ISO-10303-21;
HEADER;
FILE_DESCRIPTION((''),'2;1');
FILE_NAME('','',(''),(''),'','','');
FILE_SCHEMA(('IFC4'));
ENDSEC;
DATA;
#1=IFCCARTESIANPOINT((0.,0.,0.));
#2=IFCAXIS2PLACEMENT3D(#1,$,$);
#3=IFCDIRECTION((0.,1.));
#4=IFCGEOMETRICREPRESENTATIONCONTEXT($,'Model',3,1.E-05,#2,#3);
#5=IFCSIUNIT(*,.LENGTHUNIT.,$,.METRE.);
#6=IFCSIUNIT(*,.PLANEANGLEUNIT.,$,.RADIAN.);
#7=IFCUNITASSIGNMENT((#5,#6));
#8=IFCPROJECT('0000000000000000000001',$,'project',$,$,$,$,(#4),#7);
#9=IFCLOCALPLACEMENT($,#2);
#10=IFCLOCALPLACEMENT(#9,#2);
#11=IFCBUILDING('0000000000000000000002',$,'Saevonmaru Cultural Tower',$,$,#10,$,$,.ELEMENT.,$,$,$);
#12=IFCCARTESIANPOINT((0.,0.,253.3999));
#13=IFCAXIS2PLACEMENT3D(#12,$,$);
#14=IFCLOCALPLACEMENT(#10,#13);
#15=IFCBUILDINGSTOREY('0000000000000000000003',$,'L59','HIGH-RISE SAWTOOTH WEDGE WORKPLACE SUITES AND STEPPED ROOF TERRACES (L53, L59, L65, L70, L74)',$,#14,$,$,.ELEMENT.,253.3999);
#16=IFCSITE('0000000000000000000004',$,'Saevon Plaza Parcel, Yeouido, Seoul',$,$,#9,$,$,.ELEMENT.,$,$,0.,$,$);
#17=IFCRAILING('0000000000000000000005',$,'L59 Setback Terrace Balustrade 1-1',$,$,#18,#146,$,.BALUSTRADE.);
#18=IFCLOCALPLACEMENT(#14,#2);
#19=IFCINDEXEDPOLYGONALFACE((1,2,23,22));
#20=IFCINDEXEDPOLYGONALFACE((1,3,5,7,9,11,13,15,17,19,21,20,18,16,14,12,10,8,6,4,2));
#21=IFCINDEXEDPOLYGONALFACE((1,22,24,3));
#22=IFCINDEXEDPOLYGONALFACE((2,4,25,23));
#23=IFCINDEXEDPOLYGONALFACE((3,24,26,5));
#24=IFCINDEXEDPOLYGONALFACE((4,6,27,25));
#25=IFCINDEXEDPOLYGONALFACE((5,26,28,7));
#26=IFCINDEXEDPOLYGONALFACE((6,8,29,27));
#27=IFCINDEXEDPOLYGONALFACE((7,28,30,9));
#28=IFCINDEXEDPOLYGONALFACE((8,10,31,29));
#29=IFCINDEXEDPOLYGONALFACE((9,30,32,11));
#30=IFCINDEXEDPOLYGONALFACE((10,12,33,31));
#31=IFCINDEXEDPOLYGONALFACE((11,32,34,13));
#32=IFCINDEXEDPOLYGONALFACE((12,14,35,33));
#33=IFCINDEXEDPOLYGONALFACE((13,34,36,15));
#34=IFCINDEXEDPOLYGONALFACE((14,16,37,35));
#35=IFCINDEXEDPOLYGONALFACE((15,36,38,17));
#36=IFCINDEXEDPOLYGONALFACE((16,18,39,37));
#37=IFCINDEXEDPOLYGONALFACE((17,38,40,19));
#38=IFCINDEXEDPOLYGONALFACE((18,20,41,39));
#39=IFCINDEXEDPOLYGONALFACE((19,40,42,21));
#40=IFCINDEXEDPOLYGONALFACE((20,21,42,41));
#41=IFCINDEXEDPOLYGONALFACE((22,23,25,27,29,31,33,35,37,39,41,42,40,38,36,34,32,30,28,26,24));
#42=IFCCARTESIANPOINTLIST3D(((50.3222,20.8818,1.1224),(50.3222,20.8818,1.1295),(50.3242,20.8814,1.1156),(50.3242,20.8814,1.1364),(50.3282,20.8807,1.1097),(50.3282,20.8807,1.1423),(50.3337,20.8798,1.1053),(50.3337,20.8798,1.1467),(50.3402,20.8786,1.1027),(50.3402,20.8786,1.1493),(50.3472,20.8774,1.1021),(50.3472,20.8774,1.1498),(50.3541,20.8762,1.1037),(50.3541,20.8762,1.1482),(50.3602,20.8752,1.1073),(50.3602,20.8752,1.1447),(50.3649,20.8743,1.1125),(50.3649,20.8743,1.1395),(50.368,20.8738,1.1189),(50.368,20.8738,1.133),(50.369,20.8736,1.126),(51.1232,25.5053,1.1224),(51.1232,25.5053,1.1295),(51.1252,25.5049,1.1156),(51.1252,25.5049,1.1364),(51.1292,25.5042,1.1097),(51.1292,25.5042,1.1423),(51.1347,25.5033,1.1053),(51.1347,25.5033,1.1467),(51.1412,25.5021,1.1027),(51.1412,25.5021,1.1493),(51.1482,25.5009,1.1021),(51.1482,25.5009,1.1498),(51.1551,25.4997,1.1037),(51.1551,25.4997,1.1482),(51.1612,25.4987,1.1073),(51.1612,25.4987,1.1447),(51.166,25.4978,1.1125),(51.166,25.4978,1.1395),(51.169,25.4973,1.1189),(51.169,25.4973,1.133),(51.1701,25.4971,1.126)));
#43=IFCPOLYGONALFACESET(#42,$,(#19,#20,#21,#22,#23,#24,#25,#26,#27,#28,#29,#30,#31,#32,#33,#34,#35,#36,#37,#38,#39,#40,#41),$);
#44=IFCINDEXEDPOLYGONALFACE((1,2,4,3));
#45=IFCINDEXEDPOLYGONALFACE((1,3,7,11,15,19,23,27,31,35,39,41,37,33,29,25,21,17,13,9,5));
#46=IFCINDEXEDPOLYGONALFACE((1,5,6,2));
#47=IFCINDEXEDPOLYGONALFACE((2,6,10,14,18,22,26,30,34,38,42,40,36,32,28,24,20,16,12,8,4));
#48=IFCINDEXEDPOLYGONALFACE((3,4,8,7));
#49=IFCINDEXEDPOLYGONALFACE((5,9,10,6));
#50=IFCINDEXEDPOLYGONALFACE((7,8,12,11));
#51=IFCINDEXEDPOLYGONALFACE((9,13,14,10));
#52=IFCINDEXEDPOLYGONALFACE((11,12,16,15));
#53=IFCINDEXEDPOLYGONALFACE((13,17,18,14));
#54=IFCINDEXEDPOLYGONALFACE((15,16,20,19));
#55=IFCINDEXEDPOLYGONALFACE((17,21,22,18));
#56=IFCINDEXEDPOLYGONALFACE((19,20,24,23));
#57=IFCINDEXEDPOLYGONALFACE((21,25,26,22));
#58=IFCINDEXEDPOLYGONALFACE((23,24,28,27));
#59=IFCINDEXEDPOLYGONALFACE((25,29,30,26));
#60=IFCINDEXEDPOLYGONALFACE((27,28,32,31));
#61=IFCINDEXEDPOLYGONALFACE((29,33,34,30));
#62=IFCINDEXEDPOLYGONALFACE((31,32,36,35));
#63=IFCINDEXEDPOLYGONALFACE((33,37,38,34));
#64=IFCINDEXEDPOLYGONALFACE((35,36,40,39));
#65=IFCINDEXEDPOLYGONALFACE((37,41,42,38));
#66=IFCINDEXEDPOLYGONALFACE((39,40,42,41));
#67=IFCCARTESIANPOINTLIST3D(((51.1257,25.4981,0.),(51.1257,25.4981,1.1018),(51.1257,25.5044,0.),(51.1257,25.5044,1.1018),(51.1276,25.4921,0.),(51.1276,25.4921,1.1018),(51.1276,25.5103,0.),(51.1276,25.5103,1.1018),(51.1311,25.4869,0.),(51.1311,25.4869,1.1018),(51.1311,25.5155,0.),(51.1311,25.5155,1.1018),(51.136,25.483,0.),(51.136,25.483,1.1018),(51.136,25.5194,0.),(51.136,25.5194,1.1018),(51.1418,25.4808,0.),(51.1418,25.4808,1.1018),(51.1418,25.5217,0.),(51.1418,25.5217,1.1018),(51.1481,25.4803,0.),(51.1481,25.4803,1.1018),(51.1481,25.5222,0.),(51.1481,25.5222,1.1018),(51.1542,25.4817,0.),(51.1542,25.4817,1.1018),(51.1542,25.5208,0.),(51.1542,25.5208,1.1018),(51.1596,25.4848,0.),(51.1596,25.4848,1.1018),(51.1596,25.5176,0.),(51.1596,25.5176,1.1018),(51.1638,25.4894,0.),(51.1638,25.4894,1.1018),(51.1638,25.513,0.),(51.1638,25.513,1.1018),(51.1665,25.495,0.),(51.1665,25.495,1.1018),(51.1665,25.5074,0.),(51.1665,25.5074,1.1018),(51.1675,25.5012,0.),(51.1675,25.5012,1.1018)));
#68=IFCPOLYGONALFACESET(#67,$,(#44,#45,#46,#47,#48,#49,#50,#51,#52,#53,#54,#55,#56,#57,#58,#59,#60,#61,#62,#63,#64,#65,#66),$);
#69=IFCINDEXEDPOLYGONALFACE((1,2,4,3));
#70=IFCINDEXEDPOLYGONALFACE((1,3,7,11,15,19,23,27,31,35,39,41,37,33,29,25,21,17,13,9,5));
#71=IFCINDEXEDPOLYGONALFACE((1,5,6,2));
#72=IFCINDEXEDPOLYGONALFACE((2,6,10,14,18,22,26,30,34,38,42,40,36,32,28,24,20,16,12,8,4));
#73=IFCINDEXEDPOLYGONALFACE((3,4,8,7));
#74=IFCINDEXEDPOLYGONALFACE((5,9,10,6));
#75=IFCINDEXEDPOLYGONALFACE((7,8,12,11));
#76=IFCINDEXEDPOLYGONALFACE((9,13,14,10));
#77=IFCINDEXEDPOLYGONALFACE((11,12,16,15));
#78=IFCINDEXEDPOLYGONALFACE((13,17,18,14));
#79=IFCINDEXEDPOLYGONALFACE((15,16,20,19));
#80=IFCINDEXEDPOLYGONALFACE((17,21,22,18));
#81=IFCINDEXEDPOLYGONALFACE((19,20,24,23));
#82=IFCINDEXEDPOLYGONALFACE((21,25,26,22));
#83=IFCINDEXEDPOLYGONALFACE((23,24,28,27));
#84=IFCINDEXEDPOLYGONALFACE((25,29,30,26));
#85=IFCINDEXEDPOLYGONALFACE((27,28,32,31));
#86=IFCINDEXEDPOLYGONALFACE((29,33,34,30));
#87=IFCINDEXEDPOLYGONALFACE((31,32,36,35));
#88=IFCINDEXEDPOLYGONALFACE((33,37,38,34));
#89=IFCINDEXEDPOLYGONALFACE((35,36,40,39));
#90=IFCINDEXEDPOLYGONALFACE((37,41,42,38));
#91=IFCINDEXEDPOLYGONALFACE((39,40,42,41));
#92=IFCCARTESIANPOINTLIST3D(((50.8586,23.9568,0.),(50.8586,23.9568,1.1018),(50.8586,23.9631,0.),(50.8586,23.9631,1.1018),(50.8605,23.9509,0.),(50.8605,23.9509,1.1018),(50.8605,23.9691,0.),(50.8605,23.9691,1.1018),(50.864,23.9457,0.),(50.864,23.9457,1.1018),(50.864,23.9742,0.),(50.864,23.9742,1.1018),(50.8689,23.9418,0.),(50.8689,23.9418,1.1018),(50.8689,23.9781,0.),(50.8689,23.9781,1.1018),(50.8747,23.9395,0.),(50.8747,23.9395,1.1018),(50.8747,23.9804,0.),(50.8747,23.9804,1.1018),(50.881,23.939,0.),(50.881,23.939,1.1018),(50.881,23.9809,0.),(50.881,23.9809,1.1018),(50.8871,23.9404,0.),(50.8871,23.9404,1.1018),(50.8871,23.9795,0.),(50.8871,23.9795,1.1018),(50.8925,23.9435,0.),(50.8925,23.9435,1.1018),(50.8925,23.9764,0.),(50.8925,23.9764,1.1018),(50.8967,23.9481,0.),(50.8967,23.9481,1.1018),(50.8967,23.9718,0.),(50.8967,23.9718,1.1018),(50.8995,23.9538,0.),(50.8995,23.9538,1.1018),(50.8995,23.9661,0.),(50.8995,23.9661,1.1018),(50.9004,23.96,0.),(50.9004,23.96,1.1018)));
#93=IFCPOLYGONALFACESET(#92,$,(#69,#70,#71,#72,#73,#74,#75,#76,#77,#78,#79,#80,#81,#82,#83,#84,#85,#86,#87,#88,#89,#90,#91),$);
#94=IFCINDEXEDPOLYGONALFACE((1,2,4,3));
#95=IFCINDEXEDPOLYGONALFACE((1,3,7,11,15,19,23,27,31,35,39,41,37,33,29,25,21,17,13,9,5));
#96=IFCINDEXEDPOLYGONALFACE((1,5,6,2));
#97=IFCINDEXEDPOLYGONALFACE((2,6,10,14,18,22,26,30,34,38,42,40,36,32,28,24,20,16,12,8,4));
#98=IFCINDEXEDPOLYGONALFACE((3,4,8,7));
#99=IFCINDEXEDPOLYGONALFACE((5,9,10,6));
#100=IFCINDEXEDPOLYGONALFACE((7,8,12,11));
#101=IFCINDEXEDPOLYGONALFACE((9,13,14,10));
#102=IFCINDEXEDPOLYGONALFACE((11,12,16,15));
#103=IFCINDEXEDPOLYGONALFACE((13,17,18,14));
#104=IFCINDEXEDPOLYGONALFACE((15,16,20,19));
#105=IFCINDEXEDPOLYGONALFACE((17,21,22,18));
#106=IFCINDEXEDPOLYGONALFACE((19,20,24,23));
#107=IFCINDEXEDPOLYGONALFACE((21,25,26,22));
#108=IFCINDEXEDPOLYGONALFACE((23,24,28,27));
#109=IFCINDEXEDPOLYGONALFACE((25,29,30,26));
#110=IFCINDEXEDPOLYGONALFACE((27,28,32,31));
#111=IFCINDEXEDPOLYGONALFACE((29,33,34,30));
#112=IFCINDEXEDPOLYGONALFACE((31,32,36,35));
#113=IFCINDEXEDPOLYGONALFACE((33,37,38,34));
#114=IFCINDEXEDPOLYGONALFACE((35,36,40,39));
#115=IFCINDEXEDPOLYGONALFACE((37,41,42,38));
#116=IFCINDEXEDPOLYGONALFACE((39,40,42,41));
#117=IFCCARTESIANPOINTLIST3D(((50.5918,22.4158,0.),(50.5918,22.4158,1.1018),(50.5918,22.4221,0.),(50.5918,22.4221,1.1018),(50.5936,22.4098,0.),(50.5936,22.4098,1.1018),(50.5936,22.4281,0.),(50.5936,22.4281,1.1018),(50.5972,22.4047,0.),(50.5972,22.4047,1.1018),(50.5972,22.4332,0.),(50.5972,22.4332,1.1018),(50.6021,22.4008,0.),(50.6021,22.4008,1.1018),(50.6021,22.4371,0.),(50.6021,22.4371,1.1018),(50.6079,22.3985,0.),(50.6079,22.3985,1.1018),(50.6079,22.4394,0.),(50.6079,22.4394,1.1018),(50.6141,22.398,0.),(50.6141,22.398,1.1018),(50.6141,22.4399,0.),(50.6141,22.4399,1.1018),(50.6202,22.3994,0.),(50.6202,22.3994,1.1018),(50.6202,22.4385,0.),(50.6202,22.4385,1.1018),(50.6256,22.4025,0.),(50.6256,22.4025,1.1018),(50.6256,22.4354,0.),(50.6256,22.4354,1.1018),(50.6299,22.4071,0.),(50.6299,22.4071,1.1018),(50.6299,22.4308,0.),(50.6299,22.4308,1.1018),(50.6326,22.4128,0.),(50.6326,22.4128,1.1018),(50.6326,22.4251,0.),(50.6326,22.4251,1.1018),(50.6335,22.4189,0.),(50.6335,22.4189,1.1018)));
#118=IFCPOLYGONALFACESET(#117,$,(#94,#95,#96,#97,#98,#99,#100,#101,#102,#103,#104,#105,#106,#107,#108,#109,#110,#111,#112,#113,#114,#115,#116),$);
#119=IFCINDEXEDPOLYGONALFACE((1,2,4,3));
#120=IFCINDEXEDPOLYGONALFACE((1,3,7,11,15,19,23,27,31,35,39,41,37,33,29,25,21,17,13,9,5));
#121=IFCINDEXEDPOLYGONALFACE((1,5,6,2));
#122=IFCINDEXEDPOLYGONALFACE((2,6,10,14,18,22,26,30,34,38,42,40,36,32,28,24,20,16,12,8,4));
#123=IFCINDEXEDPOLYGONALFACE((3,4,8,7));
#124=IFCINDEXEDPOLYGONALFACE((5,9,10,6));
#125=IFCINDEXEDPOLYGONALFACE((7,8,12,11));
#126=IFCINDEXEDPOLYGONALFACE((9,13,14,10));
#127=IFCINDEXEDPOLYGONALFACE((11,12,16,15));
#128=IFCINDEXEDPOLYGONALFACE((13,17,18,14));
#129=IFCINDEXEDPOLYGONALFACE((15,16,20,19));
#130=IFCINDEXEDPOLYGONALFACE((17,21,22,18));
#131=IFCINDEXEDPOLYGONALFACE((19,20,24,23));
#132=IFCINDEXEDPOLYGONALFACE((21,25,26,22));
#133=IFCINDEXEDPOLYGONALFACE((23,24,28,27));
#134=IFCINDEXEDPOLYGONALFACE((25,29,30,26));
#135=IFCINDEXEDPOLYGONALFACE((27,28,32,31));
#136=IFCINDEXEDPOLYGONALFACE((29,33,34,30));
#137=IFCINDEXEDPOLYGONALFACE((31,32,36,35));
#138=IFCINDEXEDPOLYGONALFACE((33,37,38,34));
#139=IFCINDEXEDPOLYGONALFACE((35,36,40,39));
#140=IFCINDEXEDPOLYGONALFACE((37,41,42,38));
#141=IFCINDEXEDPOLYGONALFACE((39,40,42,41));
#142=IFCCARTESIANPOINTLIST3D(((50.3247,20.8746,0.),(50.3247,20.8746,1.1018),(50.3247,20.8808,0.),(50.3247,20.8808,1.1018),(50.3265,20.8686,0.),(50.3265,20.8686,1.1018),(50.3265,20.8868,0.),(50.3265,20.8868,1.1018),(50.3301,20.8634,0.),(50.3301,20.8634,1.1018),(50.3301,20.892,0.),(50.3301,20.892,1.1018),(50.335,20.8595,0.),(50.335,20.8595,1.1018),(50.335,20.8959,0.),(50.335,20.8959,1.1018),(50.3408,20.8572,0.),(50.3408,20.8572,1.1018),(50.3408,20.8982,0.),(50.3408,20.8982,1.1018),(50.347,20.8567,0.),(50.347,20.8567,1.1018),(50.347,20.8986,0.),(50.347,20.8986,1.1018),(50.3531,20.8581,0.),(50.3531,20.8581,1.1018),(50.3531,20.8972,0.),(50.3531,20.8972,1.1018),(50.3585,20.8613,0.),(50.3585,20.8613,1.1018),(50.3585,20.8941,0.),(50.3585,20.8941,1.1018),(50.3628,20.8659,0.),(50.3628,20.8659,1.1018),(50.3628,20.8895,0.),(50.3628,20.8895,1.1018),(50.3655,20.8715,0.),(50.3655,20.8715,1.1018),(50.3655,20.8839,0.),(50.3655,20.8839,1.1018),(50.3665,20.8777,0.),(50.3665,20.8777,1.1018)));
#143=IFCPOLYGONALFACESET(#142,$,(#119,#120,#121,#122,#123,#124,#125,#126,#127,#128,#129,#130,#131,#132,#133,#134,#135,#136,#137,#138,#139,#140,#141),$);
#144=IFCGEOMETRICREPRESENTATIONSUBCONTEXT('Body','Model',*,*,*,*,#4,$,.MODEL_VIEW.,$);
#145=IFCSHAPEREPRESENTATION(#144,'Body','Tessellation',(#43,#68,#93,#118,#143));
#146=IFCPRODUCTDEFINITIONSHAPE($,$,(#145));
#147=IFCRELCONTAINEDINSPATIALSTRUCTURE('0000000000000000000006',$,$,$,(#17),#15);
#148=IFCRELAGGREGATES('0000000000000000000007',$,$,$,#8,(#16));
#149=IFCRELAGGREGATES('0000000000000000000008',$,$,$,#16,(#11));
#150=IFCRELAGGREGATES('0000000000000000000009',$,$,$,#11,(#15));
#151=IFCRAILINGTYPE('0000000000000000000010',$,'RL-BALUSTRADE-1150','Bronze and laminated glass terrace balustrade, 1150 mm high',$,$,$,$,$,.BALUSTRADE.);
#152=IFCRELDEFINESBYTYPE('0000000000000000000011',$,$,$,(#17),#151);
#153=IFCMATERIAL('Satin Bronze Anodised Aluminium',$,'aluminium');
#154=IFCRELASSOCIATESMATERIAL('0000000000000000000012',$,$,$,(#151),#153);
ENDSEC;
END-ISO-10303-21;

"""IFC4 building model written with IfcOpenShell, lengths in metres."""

from ifc_helpers import new_model, si_unit, direction, frame, origin, origin_2d, place, context, subcontext, project, spatial, circle, extrude, material, type_object, element, save


model = new_model("IFC4")

# Units and contexts
model_context = context("Model", 3, precision=1e-05, world=origin(), true_north=direction((0.0, 1.0)))
body_context = subcontext(model_context, "Body", "Model", "MODEL_VIEW")
ifc_project = project(units=[si_unit("LENGTHUNIT", "METRE"), si_unit("PLANEANGLEUNIT", "RADIAN")], contexts=[model_context])

# Site, building, storey
site_placement = place(None, origin())
site = spatial("IfcSite", under=ifc_project, at=site_placement, Name="Saevon Plaza Parcel, Yeouido, Seoul", CompositionType="ELEMENT", RefElevation=0.0)
building_placement = place(site_placement, origin())
building = spatial("IfcBuilding", under=site, at=building_placement, Name="Saevonmaru Cultural Tower", CompositionType="ELEMENT")
storey_placement = place(building_placement, frame((0.0, 0.0, 253.3999)))
storey = spatial("IfcBuildingStorey", under=building, at=storey_placement, Name="L59", Description="HIGH-RISE SAWTOOTH WEDGE WORKPLACE SUITES AND STEPPED ROOF TERRACES (L53, L59, L65, L70, L74)", CompositionType="ELEMENT", Elevation=253.3999)

# Shared definitions
ifc_material_1 = material(Name="Satin Bronze Anodised Aluminium", Category="aluminium")

# Railing
railing_type = type_object("IfcRailingType", Name="RL-BALUSTRADE-1150", Description="Bronze and laminated glass terrace balustrade, 1150 mm high", PredefinedType="BALUSTRADE", material=ifc_material_1)
railing_1_placement = place(storey_placement, frame((51.1465, 25.5012, 0.0)))
element("IfcRailing", 1, at=railing_1_placement, inside=storey, type_object=railing_type, Name="L59 Setback Terrace Balustrade 1-1", PredefinedType="BALUSTRADE", context=body_context, shape_type="SweptSolid", body=[
    extrude(circle(Radius=0.0239, at=origin_2d()), frame((0.0, 0.0, 1.126), z_axis=(-0.170707, -0.985322, 0.0), x_axis=(0.985322, -0.170707, 0.0)), (0.0, 0.0, 1.0), 4.6924),
    extrude(circle(Radius=0.021, at=origin_2d()), origin(), (0.0, 0.0, 1.0), 1.1018),
    extrude(circle(Radius=0.021, at=origin_2d()), frame((-0.2671, -1.5413, 0.0)), (0.0, 0.0, 1.0), 1.1018),
    extrude(circle(Radius=0.021, at=origin_2d()), frame((-0.5339, -3.0823, 0.0)), (0.0, 0.0, 1.0), 1.1018),
    extrude(circle(Radius=0.021, at=origin_2d()), frame((-0.801, -4.6235, 0.0)), (0.0, 0.0, 1.0), 1.1018),
])

save(model, "model.ifc")
